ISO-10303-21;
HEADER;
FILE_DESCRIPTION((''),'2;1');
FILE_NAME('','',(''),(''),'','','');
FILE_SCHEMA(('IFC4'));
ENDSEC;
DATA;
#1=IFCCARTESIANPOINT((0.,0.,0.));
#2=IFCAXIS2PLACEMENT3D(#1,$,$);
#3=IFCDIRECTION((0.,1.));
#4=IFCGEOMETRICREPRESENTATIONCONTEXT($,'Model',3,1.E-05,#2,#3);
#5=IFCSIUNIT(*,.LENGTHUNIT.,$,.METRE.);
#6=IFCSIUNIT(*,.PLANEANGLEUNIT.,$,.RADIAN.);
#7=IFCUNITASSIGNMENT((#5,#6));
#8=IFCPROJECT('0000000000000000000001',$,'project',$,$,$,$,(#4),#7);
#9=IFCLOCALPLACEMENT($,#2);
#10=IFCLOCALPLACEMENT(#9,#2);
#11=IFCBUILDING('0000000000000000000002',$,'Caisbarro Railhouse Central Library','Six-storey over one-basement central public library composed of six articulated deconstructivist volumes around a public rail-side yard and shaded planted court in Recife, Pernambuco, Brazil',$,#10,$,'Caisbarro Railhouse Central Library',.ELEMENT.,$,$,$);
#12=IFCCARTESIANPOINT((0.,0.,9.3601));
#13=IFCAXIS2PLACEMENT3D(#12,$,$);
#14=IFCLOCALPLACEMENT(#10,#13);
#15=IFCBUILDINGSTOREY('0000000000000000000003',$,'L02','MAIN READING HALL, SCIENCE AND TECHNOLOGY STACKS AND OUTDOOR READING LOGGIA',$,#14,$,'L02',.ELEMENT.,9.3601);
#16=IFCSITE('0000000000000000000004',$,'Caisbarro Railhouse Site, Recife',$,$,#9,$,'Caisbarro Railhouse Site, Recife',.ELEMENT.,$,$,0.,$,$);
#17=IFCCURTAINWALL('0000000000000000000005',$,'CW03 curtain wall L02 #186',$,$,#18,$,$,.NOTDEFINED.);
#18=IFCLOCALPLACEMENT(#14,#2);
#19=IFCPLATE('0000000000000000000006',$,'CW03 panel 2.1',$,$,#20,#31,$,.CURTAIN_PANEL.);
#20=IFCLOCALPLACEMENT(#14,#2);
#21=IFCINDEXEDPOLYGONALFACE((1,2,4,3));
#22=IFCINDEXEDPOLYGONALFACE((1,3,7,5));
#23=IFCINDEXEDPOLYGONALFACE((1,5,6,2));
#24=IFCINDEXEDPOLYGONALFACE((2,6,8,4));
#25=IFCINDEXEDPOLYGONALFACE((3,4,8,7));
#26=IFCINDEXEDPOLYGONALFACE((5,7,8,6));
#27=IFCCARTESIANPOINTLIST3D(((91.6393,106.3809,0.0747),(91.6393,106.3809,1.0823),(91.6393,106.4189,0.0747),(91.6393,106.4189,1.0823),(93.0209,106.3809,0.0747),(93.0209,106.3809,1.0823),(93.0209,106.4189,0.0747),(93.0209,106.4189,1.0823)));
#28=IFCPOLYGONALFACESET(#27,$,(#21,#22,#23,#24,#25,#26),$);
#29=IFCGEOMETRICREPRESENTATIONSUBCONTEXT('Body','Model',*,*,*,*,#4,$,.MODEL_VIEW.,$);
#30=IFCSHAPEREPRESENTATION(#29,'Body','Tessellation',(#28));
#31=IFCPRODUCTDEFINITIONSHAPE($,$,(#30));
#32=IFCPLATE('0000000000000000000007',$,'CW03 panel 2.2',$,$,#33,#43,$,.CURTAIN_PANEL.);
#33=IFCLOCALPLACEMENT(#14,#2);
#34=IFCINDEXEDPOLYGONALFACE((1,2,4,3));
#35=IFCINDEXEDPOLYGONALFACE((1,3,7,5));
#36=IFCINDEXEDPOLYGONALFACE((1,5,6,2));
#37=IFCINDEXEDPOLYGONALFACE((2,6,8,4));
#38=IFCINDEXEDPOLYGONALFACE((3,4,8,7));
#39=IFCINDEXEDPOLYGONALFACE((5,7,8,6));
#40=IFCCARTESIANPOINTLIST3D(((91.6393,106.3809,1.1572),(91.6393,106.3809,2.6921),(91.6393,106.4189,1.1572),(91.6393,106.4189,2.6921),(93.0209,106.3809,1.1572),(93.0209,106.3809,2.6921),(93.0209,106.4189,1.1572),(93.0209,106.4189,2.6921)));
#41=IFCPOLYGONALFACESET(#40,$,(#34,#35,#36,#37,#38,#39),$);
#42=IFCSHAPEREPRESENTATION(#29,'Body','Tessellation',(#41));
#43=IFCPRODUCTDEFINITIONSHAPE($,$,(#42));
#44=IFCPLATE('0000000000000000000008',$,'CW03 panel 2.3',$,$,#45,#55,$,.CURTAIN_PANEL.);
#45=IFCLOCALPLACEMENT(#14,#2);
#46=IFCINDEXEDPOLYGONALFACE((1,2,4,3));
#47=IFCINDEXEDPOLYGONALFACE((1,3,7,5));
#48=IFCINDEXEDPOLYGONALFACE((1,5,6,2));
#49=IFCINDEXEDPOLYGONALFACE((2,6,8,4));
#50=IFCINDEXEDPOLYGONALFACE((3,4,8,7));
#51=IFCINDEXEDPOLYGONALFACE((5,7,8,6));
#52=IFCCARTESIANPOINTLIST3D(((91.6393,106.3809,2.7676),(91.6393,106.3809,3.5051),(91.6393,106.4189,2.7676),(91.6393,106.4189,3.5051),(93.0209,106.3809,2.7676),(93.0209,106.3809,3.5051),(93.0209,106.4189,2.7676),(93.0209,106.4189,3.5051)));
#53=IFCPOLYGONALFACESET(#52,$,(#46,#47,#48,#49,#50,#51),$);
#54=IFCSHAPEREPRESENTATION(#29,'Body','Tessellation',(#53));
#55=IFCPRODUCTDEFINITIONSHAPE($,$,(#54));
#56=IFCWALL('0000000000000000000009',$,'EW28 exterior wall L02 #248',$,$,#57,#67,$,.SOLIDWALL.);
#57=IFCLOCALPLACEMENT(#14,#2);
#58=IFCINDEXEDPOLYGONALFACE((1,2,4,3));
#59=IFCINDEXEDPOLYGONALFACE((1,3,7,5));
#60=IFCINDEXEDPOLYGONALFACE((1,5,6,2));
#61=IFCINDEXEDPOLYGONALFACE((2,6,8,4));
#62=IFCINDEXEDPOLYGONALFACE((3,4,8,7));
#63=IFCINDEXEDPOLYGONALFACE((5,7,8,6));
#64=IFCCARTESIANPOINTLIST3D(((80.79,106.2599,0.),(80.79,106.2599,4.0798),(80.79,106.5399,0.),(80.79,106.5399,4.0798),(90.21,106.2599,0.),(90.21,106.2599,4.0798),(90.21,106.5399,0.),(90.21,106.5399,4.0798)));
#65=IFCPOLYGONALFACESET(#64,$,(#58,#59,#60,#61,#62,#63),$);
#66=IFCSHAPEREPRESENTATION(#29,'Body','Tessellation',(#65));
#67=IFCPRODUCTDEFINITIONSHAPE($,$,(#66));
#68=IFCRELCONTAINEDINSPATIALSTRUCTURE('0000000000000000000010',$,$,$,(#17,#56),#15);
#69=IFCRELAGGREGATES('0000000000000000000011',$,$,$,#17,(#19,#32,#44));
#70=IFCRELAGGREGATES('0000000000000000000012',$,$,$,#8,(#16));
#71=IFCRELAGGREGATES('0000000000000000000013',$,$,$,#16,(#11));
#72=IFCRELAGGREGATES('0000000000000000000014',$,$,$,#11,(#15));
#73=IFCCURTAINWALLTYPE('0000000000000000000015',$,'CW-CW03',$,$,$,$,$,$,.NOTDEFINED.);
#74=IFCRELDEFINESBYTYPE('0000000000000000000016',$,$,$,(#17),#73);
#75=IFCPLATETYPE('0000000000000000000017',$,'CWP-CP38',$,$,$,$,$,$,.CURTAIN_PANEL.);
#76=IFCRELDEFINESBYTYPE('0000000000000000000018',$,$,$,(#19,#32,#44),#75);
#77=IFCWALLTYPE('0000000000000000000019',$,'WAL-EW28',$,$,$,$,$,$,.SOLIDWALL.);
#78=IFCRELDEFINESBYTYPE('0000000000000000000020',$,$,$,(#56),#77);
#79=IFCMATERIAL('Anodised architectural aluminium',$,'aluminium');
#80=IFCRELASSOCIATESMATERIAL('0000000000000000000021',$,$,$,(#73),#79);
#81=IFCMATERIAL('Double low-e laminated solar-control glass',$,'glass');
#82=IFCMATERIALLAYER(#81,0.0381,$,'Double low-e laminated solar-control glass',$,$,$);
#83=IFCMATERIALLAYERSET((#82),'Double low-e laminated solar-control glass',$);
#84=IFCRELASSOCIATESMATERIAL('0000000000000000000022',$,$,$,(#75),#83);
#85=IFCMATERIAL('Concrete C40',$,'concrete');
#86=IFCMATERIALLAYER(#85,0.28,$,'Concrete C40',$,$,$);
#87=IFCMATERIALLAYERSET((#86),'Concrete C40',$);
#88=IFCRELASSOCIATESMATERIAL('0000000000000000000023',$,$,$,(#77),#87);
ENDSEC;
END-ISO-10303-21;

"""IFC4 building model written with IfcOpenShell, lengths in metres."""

from ifc_helpers import new_model, si_unit, direction, frame, frame_2d, origin, origin_2d, place, context, subcontext, project, spatial, rectangle, extrude, material, layer, layer_set, type_object, element, aggregate, save


model = new_model("IFC4")

# Units and contexts
model_context = context("Model", 3, precision=1e-05, world=origin(), true_north=direction((0.0, 1.0)))
body_context = subcontext(model_context, "Body", "Model", "MODEL_VIEW")
ifc_project = project(units=[si_unit("LENGTHUNIT", "METRE"), si_unit("PLANEANGLEUNIT", "RADIAN")], contexts=[model_context])

# Site, building, storey
site_placement = place(None, origin())
site = spatial("IfcSite", under=ifc_project, at=site_placement, Name="Caisbarro Railhouse Site, Recife", LongName="Caisbarro Railhouse Site, Recife", CompositionType="ELEMENT", RefElevation=0.0)
building_placement = place(site_placement, origin())
building = spatial("IfcBuilding", under=site, at=building_placement, Name="Caisbarro Railhouse Central Library", Description="Six-storey over one-basement central public library composed of six articulated deconstructivist volumes around a public rail-side yard and shaded planted court in Recife, Pernambuco, Brazil", LongName="Caisbarro Railhouse Central Library", CompositionType="ELEMENT")
storey_placement = place(building_placement, frame((0.0, 0.0, 9.3601)))
storey = spatial("IfcBuildingStorey", under=building, at=storey_placement, Name="L02", Description="MAIN READING HALL, SCIENCE AND TECHNOLOGY STACKS AND OUTDOOR READING LOGGIA", LongName="L02", CompositionType="ELEMENT", Elevation=9.3601)

# Shared definitions
ifc_material_1 = material(Name="Concrete C40", Category="concrete")

# Shared definitions
ifc_material_2 = material(Name="Anodised architectural aluminium", Category="aluminium")
curtain_wall_type = type_object("IfcCurtainWallType", Name="CW-CW03", PredefinedType="NOTDEFINED", material=ifc_material_2)

# Curtain wall
curtain_wall_1_placement = place(storey_placement, origin())
curtain_wall_1 = element("IfcCurtainWall", 1, at=curtain_wall_1_placement, inside=storey, type_object=curtain_wall_type, Name="CW03 curtain wall L02 #186", PredefinedType="NOTDEFINED")

# Plates
ifc_material_3 = material(Name="Double low-e laminated solar-control glass", Category="glass")
ifc_layer_1 = layer(ifc_material_3, 0.0381, Name="Double low-e laminated solar-control glass")
ifc_layer_set_1 = layer_set([ifc_layer_1], Name="Double low-e laminated solar-control glass")
plate_type = type_object("IfcPlateType", Name="CWP-CP38", PredefinedType="CURTAIN_PANEL", material=ifc_layer_set_1)
plate_1_placement = place(storey_placement, frame((92.3301, 106.3999, 0.0747), z_axis=(0.0, 0.0, 1.0), x_axis=(1.0, 0.0, 0.0)))
plate_1 = element("IfcPlate", 2, at=plate_1_placement, type_object=plate_type, Name="CW03 panel 2.1", PredefinedType="CURTAIN_PANEL", context=body_context, shape_type="SweptSolid", body=[
    extrude(rectangle(XDim=1.3816, YDim=0.0381, at=origin_2d()), origin(), (0.0, 0.0, 1.0), 1.0076),
])
plate_2_placement = place(storey_placement, frame((92.3301, 106.3999, 1.1572), z_axis=(0.0, 0.0, 1.0), x_axis=(1.0, 0.0, 0.0)))
plate_2 = element("IfcPlate", 3, at=plate_2_placement, type_object=plate_type, Name="CW03 panel 2.2", PredefinedType="CURTAIN_PANEL", context=body_context, shape_type="SweptSolid", body=[
    extrude(rectangle(XDim=1.3816, YDim=0.0381, at=origin_2d()), origin(), (0.0, 0.0, 1.0), 1.5349),
])
plate_3_placement = place(storey_placement, frame((92.3301, 106.3999, 2.7676), z_axis=(0.0, 0.0, 1.0), x_axis=(1.0, 0.0, 0.0)))
plate_3 = element("IfcPlate", 4, at=plate_3_placement, type_object=plate_type, Name="CW03 panel 2.3", PredefinedType="CURTAIN_PANEL", context=body_context, shape_type="SweptSolid", body=[
    extrude(rectangle(XDim=1.3816, YDim=0.0381, at=origin_2d()), origin(), (0.0, 0.0, 1.0), 0.7375),
])
aggregate(curtain_wall_1, [plate_1, plate_2, plate_3])

# Wall
ifc_layer_2 = layer(ifc_material_1, 0.28, Name="Concrete C40")
ifc_layer_set_2 = layer_set([ifc_layer_2], Name="Concrete C40")
wall_type = type_object("IfcWallType", Name="WAL-EW28", PredefinedType="SOLIDWALL", material=ifc_layer_set_2)
wall_placement = place(storey_placement, frame((80.79, 106.3999, 0.0), z_axis=(0.0, 0.0, 1.0), x_axis=(1.0, 0.0, 0.0)))
element("IfcWall", 5, at=wall_placement, inside=storey, type_object=wall_type, Name="EW28 exterior wall L02 #248", PredefinedType="SOLIDWALL", context=body_context, shape_type="SweptSolid", body=[
    extrude(rectangle(XDim=9.4199, YDim=0.28, at=frame_2d((4.71, 0.0))), origin(), (0.0, 0.0, 1.0), 4.0798),
])

save(model, "model.ifc")
